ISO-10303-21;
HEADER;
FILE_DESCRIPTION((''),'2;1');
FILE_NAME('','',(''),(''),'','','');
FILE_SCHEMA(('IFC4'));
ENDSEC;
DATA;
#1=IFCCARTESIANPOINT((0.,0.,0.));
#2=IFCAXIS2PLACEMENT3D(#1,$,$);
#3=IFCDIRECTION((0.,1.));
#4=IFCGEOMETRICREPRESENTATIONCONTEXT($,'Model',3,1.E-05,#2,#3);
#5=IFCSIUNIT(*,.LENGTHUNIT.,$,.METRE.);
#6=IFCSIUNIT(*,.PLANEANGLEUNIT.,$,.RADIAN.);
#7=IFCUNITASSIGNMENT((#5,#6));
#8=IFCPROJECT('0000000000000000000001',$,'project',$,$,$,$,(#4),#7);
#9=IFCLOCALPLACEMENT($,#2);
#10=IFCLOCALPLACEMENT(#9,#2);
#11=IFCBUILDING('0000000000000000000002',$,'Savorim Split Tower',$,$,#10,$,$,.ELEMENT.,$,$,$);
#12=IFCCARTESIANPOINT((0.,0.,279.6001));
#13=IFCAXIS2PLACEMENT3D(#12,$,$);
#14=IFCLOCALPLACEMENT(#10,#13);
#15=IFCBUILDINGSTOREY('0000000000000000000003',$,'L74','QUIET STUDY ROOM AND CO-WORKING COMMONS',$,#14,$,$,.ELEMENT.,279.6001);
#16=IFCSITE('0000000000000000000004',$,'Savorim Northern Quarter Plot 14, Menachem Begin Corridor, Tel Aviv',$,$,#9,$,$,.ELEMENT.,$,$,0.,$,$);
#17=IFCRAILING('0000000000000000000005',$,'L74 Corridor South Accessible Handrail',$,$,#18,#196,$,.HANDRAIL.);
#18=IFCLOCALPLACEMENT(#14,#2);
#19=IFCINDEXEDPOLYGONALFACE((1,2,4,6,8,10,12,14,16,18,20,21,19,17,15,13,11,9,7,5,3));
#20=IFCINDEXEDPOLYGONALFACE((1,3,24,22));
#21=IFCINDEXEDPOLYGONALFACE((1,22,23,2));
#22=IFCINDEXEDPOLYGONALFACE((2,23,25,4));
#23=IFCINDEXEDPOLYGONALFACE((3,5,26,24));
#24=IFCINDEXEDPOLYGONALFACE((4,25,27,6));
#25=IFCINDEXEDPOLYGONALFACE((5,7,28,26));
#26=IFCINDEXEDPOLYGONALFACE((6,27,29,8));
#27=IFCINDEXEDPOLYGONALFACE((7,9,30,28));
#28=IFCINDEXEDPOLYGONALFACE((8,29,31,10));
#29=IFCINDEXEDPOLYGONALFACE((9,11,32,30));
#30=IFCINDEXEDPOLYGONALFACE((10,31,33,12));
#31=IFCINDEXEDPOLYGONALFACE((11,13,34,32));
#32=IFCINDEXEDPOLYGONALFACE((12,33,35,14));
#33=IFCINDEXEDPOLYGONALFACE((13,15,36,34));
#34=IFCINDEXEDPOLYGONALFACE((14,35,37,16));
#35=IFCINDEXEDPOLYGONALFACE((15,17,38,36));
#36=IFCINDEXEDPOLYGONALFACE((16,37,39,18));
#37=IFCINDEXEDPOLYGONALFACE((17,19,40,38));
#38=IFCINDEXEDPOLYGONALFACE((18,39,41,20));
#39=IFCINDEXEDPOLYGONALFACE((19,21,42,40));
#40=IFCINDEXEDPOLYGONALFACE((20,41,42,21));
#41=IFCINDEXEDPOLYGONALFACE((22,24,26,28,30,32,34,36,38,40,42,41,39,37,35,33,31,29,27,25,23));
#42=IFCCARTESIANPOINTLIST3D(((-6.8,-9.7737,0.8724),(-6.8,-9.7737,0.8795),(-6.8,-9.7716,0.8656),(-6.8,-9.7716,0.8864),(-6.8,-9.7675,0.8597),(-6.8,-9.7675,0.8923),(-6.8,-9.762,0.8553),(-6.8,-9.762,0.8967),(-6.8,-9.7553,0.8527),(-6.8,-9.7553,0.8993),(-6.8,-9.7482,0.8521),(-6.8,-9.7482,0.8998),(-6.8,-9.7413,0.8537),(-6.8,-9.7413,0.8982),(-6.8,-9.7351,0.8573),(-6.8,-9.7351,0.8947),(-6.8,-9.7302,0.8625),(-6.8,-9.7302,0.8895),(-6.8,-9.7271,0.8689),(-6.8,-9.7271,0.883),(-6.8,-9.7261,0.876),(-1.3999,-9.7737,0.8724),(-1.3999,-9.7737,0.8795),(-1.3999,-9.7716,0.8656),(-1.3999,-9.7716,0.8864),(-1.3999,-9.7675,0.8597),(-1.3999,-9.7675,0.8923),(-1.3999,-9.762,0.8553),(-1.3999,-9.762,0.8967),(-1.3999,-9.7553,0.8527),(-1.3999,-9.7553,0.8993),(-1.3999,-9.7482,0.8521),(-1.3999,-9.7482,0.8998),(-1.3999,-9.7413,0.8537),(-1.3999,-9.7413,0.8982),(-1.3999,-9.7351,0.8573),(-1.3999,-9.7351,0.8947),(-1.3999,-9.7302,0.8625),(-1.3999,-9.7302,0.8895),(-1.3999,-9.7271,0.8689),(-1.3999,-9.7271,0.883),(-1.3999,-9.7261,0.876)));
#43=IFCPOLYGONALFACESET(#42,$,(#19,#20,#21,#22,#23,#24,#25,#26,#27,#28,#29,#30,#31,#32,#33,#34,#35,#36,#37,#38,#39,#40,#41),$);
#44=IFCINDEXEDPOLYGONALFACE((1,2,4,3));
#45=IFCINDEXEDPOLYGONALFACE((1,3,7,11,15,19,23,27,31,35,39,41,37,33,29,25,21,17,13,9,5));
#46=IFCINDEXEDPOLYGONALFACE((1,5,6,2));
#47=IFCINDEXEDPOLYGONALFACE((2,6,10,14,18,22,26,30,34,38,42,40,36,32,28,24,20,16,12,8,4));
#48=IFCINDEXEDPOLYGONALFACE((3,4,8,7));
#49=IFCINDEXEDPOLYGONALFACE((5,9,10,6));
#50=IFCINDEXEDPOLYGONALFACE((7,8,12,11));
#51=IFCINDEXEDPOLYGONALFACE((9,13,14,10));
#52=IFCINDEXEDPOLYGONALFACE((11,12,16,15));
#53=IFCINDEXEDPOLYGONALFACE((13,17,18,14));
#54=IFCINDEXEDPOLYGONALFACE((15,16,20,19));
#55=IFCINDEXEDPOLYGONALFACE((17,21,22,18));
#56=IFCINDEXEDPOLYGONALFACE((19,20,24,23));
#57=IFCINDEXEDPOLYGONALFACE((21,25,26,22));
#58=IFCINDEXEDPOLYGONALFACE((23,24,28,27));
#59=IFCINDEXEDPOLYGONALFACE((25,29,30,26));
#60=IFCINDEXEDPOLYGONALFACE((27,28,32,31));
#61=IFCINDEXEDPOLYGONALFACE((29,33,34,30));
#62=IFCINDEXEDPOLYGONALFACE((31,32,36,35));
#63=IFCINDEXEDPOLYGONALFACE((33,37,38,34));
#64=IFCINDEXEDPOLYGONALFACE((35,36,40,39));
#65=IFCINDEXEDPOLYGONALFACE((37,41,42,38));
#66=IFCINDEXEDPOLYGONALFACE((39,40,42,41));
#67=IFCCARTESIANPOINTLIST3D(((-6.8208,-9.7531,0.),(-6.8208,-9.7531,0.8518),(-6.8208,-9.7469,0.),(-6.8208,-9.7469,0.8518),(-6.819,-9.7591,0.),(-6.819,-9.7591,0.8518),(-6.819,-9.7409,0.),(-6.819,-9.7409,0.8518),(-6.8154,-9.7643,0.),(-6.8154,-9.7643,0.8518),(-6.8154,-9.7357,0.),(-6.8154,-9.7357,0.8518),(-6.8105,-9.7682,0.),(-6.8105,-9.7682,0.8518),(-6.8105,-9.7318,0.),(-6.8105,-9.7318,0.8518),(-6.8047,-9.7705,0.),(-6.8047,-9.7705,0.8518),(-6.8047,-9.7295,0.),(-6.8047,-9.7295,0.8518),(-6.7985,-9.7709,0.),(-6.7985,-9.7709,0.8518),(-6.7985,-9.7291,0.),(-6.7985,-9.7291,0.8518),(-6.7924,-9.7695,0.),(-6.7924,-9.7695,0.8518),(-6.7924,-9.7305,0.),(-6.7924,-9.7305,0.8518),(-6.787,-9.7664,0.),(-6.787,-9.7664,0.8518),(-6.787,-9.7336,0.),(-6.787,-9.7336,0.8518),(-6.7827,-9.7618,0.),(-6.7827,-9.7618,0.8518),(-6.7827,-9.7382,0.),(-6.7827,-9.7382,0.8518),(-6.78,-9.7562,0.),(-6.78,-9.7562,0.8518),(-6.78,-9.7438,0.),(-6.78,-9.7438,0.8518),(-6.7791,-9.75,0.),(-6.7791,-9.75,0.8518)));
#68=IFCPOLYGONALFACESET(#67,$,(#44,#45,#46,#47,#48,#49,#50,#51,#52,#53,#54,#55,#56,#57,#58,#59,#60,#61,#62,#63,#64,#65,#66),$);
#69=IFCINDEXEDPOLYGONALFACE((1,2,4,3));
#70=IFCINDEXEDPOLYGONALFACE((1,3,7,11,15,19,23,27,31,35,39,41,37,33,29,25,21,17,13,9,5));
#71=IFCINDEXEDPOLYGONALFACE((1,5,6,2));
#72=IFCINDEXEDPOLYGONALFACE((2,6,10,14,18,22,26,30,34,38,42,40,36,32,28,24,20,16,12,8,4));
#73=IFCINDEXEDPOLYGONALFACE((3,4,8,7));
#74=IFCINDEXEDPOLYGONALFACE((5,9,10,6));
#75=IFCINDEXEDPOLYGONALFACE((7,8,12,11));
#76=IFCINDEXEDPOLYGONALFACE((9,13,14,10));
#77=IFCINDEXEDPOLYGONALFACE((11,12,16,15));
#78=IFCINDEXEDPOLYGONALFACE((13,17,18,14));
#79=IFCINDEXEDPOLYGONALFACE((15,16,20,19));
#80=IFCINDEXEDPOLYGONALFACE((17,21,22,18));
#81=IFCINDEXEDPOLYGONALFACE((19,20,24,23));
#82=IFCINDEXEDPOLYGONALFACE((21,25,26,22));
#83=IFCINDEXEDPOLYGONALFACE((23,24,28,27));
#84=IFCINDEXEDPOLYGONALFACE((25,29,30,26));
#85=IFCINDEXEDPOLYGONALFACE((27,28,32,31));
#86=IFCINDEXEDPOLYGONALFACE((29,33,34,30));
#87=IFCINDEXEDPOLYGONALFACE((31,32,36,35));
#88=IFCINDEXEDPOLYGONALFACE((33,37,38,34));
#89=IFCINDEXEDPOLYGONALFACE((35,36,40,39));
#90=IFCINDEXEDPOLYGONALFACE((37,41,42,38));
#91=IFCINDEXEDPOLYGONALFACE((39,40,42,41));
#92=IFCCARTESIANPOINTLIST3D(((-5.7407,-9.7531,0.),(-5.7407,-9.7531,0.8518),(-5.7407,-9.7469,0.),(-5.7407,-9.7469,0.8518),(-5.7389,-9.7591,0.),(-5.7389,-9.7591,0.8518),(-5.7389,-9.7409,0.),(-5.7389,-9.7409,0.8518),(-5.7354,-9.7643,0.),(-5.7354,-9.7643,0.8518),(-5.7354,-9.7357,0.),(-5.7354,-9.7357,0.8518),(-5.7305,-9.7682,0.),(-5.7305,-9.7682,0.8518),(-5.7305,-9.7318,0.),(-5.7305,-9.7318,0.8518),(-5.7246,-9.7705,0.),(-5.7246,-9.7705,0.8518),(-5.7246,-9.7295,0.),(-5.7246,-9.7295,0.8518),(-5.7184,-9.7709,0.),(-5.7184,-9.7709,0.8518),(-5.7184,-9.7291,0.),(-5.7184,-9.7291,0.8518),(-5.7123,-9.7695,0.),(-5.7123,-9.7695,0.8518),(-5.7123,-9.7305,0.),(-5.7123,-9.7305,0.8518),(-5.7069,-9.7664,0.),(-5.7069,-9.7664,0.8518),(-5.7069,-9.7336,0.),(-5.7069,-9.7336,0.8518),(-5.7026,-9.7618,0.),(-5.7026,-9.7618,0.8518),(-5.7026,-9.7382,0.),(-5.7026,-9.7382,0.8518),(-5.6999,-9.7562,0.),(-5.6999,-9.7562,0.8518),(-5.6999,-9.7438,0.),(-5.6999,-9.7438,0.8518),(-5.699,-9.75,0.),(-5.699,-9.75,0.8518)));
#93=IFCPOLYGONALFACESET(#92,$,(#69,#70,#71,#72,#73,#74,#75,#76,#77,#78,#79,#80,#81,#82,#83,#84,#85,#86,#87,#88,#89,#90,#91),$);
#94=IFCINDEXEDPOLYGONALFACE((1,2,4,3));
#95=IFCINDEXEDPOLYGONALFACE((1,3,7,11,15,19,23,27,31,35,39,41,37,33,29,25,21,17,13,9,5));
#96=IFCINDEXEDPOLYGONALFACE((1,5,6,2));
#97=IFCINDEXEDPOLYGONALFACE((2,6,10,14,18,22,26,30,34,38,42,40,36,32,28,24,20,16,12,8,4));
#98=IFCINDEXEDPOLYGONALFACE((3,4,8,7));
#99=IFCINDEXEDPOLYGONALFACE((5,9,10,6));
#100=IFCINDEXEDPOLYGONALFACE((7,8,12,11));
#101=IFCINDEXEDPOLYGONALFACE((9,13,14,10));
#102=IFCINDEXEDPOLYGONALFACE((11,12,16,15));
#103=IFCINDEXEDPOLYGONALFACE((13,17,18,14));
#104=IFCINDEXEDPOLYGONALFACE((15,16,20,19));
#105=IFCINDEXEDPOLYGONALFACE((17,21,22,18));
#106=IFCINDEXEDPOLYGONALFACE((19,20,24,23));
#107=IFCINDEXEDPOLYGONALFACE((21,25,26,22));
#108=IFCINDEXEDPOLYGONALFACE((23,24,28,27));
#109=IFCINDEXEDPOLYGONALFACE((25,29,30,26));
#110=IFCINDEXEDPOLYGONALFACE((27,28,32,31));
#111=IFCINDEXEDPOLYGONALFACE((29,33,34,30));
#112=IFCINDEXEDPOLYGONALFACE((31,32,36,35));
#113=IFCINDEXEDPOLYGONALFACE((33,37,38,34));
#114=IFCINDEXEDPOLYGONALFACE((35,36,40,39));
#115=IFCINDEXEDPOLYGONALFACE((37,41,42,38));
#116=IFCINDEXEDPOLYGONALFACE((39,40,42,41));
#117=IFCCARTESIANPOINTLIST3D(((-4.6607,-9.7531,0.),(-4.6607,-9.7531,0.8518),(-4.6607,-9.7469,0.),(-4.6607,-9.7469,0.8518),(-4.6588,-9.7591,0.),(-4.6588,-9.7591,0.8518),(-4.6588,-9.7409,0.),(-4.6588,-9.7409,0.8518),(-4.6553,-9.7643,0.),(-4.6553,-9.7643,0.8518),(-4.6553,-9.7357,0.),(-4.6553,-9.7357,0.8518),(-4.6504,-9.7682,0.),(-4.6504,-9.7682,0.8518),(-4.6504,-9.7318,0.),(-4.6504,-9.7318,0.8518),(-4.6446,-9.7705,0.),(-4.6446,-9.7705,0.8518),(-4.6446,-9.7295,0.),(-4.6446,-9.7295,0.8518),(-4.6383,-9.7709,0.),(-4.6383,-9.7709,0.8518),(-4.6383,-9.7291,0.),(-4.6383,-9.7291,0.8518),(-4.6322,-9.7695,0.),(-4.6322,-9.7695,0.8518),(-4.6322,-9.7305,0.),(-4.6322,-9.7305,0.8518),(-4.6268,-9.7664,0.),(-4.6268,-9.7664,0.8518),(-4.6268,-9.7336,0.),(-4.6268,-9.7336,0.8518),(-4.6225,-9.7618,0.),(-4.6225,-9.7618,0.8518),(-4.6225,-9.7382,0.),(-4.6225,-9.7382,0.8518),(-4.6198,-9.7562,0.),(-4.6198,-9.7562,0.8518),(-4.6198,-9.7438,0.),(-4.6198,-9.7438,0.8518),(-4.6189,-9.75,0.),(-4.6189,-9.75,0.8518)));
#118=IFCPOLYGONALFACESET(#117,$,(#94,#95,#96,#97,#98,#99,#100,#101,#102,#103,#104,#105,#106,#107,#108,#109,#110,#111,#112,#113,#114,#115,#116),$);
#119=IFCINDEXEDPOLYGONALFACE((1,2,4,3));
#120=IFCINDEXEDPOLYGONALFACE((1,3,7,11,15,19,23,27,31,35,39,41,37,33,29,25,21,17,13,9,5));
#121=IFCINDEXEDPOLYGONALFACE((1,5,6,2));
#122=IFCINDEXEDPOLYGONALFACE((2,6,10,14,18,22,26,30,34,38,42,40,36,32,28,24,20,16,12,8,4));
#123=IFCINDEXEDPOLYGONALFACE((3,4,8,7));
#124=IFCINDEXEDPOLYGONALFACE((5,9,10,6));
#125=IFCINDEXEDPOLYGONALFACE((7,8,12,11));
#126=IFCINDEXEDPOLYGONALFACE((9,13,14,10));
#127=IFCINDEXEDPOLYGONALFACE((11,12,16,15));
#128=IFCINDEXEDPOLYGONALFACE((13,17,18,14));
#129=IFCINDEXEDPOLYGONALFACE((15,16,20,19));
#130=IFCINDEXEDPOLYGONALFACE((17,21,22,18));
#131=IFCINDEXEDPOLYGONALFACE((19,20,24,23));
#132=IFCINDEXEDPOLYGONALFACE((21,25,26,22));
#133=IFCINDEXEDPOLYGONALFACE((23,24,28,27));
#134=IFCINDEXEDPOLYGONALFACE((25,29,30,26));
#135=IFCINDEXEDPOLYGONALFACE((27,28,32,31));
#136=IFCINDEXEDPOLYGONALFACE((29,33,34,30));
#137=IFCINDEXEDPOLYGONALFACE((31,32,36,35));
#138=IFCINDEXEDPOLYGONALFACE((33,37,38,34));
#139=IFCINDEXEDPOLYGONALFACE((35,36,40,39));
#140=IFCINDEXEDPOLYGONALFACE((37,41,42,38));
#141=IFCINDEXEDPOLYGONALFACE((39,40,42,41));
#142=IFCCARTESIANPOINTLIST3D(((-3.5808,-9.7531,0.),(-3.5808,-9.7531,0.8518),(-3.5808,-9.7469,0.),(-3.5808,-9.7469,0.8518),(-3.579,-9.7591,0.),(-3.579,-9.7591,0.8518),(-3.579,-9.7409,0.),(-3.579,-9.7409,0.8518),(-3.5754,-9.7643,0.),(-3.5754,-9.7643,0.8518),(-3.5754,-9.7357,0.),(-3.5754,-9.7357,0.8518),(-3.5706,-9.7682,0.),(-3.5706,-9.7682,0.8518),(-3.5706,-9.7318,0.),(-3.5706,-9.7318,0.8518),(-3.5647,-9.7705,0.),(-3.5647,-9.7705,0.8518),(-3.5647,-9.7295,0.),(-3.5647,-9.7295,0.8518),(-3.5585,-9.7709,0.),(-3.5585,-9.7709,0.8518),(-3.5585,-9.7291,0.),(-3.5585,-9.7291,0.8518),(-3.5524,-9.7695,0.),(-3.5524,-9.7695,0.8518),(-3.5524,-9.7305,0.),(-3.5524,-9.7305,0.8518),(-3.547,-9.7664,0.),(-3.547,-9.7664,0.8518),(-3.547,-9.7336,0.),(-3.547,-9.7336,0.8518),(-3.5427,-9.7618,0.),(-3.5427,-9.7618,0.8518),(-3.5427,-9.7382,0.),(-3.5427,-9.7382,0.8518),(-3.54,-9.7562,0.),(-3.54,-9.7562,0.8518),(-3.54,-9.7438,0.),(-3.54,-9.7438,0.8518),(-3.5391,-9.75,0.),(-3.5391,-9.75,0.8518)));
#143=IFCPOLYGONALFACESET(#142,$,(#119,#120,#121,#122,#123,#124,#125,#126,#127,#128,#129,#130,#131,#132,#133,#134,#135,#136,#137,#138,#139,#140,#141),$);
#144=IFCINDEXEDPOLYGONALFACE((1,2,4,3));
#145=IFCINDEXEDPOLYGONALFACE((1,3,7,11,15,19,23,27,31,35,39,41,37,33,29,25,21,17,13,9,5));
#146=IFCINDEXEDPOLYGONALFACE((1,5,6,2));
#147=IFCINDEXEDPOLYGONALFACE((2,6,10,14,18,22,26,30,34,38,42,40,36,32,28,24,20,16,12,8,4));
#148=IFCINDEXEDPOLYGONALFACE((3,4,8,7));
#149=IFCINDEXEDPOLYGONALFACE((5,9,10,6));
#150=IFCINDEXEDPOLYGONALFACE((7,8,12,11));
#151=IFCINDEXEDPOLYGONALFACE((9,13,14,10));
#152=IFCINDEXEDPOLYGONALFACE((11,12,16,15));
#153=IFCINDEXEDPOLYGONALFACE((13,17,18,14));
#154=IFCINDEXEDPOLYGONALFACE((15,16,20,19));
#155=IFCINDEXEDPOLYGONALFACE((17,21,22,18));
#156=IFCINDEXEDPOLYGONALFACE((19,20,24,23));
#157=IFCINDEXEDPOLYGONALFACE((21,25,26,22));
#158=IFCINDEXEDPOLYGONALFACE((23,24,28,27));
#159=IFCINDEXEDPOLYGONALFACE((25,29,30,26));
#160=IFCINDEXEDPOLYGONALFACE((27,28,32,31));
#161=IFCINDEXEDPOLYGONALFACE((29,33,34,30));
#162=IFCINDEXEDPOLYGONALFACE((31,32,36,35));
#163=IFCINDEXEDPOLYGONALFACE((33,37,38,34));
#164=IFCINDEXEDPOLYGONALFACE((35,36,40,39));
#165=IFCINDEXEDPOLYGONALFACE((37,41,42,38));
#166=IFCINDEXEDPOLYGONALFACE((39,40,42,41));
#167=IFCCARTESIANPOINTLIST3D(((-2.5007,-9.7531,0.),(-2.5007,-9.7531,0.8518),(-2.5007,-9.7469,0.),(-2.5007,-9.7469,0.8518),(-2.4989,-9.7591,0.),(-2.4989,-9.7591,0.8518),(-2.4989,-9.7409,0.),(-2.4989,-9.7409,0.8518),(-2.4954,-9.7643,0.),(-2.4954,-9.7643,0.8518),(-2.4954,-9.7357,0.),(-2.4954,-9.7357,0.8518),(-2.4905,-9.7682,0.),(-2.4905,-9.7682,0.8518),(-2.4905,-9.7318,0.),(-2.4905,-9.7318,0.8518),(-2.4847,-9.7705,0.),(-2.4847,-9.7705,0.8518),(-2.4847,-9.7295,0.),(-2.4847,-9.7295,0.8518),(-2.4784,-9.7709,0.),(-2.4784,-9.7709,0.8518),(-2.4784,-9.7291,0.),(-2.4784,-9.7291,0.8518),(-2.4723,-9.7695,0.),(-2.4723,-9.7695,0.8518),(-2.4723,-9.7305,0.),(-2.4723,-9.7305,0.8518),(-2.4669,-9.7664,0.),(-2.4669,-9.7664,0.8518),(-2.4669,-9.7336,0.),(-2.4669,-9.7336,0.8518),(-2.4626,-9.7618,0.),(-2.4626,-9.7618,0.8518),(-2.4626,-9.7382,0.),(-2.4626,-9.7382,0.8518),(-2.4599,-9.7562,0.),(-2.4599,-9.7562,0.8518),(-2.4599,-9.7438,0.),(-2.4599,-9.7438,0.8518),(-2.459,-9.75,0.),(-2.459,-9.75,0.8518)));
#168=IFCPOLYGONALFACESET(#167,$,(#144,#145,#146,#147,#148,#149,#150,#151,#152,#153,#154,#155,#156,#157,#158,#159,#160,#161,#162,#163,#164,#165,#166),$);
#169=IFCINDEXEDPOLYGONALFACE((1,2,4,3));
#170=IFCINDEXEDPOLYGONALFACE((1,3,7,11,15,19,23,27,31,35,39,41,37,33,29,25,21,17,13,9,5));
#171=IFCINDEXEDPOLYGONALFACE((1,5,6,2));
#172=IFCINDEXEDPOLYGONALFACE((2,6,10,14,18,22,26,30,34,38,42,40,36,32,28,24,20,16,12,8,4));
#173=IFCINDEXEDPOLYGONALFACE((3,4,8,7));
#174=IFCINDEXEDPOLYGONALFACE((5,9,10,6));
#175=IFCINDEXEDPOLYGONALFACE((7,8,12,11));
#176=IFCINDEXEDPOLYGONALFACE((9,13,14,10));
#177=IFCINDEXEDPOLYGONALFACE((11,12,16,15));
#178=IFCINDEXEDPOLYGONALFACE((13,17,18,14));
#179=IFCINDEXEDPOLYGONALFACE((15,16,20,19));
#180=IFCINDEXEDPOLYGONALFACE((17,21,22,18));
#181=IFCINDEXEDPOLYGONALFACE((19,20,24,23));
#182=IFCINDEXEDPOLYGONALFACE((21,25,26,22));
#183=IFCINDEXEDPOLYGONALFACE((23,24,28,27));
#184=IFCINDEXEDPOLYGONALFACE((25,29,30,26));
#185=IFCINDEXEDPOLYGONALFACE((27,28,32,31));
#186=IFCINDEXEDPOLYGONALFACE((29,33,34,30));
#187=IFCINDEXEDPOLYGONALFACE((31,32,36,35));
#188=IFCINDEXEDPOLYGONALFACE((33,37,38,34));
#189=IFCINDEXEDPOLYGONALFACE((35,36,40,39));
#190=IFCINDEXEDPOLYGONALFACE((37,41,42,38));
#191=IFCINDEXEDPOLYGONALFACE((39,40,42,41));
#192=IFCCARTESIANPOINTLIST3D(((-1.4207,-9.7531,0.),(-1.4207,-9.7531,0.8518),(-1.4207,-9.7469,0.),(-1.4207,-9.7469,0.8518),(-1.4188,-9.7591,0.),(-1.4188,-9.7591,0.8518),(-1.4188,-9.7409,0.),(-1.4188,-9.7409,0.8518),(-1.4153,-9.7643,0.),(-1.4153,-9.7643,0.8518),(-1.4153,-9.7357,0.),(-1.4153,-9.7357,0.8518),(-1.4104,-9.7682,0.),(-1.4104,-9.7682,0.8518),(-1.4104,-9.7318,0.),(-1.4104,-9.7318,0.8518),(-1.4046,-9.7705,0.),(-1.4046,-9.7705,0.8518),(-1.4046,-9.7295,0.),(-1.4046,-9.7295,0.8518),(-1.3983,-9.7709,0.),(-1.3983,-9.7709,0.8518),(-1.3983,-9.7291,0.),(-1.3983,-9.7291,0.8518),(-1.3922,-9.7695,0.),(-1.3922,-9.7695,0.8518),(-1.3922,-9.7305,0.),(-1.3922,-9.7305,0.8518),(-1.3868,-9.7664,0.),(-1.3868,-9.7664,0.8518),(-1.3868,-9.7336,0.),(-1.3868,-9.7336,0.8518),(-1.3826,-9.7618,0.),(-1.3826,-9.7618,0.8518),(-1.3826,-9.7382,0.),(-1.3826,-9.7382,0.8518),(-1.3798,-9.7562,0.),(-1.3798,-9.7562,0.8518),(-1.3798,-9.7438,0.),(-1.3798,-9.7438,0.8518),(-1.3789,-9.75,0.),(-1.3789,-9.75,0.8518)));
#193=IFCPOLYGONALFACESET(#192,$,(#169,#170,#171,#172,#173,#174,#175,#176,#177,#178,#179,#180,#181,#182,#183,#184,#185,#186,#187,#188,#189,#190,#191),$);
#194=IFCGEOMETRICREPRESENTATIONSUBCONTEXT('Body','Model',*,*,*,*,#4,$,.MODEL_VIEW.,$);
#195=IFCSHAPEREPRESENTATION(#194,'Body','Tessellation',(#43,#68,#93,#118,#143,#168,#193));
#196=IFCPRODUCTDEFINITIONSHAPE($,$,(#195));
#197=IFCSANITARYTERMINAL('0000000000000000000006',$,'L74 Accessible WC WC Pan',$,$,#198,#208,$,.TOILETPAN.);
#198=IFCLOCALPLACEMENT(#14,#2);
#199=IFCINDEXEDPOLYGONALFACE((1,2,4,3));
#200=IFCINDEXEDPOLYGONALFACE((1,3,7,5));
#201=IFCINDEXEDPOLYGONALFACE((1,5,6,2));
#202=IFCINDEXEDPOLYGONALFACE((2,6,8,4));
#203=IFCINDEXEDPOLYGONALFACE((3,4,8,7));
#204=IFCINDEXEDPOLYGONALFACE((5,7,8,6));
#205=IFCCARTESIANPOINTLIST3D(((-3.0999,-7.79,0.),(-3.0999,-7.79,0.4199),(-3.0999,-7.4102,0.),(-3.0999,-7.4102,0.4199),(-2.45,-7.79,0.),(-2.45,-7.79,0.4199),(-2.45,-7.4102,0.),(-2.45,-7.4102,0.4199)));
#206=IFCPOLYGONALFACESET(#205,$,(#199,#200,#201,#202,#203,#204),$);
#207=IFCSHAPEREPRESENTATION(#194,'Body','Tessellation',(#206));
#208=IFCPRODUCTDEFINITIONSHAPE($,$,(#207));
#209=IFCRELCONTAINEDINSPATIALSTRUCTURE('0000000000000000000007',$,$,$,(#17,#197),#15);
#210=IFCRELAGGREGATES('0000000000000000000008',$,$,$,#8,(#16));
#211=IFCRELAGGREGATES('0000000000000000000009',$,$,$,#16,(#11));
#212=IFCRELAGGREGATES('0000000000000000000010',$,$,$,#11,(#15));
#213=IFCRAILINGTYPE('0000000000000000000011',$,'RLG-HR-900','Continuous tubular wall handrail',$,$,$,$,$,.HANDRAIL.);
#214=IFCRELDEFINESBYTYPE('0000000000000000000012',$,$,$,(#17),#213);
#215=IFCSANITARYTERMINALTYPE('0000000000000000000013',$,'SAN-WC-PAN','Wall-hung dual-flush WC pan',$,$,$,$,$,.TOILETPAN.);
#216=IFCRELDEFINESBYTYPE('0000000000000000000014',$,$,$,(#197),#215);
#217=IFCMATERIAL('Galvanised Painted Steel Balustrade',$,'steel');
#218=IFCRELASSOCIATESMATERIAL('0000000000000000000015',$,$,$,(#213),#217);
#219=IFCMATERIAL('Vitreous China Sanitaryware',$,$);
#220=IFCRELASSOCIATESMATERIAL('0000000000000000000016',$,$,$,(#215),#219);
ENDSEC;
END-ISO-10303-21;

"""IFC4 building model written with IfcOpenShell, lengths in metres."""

from ifc_helpers import new_model, si_unit, direction, frame, origin, origin_2d, place, context, subcontext, project, spatial, rectangle, circle, extrude, material, type_object, element, save


model = new_model("IFC4")

# Units and contexts
model_context = context("Model", 3, precision=1e-05, world=origin(), true_north=direction((0.0, 1.0)))
body_context = subcontext(model_context, "Body", "Model", "MODEL_VIEW")
ifc_project = project(units=[si_unit("LENGTHUNIT", "METRE"), si_unit("PLANEANGLEUNIT", "RADIAN")], contexts=[model_context])

# Site, building, storey
site_placement = place(None, origin())
site = spatial("IfcSite", under=ifc_project, at=site_placement, Name="Savorim Northern Quarter Plot 14, Menachem Begin Corridor, Tel Aviv", CompositionType="ELEMENT", RefElevation=0.0)
building_placement = place(site_placement, origin())
building = spatial("IfcBuilding", under=site, at=building_placement, Name="Savorim Split Tower", CompositionType="ELEMENT")
storey_placement = place(building_placement, frame((0.0, 0.0, 279.6001)))
storey = spatial("IfcBuildingStorey", under=building, at=storey_placement, Name="L74", Description="QUIET STUDY ROOM AND CO-WORKING COMMONS", CompositionType="ELEMENT", Elevation=279.6001)

# Railing
ifc_material_1 = material(Name="Galvanised Painted Steel Balustrade", Category="steel")
railing_type = type_object("IfcRailingType", Name="RLG-HR-900", Description="Continuous tubular wall handrail", PredefinedType="HANDRAIL", material=ifc_material_1)
railing_1_placement = place(storey_placement, frame((-6.8, -9.75, 0.0)))
element("IfcRailing", 1, at=railing_1_placement, inside=storey, type_object=railing_type, Name="L74 Corridor South Accessible Handrail", PredefinedType="HANDRAIL", context=body_context, shape_type="SweptSolid", body=[
    extrude(circle(Radius=0.0239, at=origin_2d()), frame((0.0, 0.0, 0.876), z_axis=(1.0, 0.0, 0.0), x_axis=(0.0, 1.0, 0.0)), (0.0, 0.0, 1.0), 5.4001),
    extrude(circle(Radius=0.021, at=origin_2d()), origin(), (0.0, 0.0, 1.0), 0.8518),
    extrude(circle(Radius=0.021, at=origin_2d()), frame((1.0801, 0.0, 0.0)), (0.0, 0.0, 1.0), 0.8518),
    extrude(circle(Radius=0.021, at=origin_2d()), frame((2.1602, 0.0, 0.0)), (0.0, 0.0, 1.0), 0.8518),
    extrude(circle(Radius=0.021, at=origin_2d()), frame((3.24, 0.0, 0.0)), (0.0, 0.0, 1.0), 0.8518),
    extrude(circle(Radius=0.021, at=origin_2d()), frame((4.3201, 0.0, 0.0)), (0.0, 0.0, 1.0), 0.8518),
    extrude(circle(Radius=0.021, at=origin_2d()), frame((5.4001, 0.0, 0.0)), (0.0, 0.0, 1.0), 0.8518),
])

# Sanitary terminal
ifc_material_2 = material(Name="Vitreous China Sanitaryware")
sanitary_terminal_type_1 = type_object("IfcSanitaryTerminalType", Name="SAN-WC-PAN", Description="Wall-hung dual-flush WC pan", PredefinedType="TOILETPAN", material=ifc_material_2)
sanitary_terminal_1_placement = place(storey_placement, frame((-2.7749, -7.6001, 0.0), z_axis=(0.0, 0.0, 1.0), x_axis=(1.0, 0.0, 0.0)))
element("IfcSanitaryTerminal", 2, at=sanitary_terminal_1_placement, inside=storey, type_object=sanitary_terminal_type_1, Name="L74 Accessible WC WC Pan", PredefinedType="TOILETPAN", context=body_context, shape_type="SweptSolid", body=[
    extrude(rectangle(XDim=0.6499, YDim=0.3799, at=origin_2d()), origin(), (0.0, 0.0, 1.0), 0.4199),
])

save(model, "model.ifc")
